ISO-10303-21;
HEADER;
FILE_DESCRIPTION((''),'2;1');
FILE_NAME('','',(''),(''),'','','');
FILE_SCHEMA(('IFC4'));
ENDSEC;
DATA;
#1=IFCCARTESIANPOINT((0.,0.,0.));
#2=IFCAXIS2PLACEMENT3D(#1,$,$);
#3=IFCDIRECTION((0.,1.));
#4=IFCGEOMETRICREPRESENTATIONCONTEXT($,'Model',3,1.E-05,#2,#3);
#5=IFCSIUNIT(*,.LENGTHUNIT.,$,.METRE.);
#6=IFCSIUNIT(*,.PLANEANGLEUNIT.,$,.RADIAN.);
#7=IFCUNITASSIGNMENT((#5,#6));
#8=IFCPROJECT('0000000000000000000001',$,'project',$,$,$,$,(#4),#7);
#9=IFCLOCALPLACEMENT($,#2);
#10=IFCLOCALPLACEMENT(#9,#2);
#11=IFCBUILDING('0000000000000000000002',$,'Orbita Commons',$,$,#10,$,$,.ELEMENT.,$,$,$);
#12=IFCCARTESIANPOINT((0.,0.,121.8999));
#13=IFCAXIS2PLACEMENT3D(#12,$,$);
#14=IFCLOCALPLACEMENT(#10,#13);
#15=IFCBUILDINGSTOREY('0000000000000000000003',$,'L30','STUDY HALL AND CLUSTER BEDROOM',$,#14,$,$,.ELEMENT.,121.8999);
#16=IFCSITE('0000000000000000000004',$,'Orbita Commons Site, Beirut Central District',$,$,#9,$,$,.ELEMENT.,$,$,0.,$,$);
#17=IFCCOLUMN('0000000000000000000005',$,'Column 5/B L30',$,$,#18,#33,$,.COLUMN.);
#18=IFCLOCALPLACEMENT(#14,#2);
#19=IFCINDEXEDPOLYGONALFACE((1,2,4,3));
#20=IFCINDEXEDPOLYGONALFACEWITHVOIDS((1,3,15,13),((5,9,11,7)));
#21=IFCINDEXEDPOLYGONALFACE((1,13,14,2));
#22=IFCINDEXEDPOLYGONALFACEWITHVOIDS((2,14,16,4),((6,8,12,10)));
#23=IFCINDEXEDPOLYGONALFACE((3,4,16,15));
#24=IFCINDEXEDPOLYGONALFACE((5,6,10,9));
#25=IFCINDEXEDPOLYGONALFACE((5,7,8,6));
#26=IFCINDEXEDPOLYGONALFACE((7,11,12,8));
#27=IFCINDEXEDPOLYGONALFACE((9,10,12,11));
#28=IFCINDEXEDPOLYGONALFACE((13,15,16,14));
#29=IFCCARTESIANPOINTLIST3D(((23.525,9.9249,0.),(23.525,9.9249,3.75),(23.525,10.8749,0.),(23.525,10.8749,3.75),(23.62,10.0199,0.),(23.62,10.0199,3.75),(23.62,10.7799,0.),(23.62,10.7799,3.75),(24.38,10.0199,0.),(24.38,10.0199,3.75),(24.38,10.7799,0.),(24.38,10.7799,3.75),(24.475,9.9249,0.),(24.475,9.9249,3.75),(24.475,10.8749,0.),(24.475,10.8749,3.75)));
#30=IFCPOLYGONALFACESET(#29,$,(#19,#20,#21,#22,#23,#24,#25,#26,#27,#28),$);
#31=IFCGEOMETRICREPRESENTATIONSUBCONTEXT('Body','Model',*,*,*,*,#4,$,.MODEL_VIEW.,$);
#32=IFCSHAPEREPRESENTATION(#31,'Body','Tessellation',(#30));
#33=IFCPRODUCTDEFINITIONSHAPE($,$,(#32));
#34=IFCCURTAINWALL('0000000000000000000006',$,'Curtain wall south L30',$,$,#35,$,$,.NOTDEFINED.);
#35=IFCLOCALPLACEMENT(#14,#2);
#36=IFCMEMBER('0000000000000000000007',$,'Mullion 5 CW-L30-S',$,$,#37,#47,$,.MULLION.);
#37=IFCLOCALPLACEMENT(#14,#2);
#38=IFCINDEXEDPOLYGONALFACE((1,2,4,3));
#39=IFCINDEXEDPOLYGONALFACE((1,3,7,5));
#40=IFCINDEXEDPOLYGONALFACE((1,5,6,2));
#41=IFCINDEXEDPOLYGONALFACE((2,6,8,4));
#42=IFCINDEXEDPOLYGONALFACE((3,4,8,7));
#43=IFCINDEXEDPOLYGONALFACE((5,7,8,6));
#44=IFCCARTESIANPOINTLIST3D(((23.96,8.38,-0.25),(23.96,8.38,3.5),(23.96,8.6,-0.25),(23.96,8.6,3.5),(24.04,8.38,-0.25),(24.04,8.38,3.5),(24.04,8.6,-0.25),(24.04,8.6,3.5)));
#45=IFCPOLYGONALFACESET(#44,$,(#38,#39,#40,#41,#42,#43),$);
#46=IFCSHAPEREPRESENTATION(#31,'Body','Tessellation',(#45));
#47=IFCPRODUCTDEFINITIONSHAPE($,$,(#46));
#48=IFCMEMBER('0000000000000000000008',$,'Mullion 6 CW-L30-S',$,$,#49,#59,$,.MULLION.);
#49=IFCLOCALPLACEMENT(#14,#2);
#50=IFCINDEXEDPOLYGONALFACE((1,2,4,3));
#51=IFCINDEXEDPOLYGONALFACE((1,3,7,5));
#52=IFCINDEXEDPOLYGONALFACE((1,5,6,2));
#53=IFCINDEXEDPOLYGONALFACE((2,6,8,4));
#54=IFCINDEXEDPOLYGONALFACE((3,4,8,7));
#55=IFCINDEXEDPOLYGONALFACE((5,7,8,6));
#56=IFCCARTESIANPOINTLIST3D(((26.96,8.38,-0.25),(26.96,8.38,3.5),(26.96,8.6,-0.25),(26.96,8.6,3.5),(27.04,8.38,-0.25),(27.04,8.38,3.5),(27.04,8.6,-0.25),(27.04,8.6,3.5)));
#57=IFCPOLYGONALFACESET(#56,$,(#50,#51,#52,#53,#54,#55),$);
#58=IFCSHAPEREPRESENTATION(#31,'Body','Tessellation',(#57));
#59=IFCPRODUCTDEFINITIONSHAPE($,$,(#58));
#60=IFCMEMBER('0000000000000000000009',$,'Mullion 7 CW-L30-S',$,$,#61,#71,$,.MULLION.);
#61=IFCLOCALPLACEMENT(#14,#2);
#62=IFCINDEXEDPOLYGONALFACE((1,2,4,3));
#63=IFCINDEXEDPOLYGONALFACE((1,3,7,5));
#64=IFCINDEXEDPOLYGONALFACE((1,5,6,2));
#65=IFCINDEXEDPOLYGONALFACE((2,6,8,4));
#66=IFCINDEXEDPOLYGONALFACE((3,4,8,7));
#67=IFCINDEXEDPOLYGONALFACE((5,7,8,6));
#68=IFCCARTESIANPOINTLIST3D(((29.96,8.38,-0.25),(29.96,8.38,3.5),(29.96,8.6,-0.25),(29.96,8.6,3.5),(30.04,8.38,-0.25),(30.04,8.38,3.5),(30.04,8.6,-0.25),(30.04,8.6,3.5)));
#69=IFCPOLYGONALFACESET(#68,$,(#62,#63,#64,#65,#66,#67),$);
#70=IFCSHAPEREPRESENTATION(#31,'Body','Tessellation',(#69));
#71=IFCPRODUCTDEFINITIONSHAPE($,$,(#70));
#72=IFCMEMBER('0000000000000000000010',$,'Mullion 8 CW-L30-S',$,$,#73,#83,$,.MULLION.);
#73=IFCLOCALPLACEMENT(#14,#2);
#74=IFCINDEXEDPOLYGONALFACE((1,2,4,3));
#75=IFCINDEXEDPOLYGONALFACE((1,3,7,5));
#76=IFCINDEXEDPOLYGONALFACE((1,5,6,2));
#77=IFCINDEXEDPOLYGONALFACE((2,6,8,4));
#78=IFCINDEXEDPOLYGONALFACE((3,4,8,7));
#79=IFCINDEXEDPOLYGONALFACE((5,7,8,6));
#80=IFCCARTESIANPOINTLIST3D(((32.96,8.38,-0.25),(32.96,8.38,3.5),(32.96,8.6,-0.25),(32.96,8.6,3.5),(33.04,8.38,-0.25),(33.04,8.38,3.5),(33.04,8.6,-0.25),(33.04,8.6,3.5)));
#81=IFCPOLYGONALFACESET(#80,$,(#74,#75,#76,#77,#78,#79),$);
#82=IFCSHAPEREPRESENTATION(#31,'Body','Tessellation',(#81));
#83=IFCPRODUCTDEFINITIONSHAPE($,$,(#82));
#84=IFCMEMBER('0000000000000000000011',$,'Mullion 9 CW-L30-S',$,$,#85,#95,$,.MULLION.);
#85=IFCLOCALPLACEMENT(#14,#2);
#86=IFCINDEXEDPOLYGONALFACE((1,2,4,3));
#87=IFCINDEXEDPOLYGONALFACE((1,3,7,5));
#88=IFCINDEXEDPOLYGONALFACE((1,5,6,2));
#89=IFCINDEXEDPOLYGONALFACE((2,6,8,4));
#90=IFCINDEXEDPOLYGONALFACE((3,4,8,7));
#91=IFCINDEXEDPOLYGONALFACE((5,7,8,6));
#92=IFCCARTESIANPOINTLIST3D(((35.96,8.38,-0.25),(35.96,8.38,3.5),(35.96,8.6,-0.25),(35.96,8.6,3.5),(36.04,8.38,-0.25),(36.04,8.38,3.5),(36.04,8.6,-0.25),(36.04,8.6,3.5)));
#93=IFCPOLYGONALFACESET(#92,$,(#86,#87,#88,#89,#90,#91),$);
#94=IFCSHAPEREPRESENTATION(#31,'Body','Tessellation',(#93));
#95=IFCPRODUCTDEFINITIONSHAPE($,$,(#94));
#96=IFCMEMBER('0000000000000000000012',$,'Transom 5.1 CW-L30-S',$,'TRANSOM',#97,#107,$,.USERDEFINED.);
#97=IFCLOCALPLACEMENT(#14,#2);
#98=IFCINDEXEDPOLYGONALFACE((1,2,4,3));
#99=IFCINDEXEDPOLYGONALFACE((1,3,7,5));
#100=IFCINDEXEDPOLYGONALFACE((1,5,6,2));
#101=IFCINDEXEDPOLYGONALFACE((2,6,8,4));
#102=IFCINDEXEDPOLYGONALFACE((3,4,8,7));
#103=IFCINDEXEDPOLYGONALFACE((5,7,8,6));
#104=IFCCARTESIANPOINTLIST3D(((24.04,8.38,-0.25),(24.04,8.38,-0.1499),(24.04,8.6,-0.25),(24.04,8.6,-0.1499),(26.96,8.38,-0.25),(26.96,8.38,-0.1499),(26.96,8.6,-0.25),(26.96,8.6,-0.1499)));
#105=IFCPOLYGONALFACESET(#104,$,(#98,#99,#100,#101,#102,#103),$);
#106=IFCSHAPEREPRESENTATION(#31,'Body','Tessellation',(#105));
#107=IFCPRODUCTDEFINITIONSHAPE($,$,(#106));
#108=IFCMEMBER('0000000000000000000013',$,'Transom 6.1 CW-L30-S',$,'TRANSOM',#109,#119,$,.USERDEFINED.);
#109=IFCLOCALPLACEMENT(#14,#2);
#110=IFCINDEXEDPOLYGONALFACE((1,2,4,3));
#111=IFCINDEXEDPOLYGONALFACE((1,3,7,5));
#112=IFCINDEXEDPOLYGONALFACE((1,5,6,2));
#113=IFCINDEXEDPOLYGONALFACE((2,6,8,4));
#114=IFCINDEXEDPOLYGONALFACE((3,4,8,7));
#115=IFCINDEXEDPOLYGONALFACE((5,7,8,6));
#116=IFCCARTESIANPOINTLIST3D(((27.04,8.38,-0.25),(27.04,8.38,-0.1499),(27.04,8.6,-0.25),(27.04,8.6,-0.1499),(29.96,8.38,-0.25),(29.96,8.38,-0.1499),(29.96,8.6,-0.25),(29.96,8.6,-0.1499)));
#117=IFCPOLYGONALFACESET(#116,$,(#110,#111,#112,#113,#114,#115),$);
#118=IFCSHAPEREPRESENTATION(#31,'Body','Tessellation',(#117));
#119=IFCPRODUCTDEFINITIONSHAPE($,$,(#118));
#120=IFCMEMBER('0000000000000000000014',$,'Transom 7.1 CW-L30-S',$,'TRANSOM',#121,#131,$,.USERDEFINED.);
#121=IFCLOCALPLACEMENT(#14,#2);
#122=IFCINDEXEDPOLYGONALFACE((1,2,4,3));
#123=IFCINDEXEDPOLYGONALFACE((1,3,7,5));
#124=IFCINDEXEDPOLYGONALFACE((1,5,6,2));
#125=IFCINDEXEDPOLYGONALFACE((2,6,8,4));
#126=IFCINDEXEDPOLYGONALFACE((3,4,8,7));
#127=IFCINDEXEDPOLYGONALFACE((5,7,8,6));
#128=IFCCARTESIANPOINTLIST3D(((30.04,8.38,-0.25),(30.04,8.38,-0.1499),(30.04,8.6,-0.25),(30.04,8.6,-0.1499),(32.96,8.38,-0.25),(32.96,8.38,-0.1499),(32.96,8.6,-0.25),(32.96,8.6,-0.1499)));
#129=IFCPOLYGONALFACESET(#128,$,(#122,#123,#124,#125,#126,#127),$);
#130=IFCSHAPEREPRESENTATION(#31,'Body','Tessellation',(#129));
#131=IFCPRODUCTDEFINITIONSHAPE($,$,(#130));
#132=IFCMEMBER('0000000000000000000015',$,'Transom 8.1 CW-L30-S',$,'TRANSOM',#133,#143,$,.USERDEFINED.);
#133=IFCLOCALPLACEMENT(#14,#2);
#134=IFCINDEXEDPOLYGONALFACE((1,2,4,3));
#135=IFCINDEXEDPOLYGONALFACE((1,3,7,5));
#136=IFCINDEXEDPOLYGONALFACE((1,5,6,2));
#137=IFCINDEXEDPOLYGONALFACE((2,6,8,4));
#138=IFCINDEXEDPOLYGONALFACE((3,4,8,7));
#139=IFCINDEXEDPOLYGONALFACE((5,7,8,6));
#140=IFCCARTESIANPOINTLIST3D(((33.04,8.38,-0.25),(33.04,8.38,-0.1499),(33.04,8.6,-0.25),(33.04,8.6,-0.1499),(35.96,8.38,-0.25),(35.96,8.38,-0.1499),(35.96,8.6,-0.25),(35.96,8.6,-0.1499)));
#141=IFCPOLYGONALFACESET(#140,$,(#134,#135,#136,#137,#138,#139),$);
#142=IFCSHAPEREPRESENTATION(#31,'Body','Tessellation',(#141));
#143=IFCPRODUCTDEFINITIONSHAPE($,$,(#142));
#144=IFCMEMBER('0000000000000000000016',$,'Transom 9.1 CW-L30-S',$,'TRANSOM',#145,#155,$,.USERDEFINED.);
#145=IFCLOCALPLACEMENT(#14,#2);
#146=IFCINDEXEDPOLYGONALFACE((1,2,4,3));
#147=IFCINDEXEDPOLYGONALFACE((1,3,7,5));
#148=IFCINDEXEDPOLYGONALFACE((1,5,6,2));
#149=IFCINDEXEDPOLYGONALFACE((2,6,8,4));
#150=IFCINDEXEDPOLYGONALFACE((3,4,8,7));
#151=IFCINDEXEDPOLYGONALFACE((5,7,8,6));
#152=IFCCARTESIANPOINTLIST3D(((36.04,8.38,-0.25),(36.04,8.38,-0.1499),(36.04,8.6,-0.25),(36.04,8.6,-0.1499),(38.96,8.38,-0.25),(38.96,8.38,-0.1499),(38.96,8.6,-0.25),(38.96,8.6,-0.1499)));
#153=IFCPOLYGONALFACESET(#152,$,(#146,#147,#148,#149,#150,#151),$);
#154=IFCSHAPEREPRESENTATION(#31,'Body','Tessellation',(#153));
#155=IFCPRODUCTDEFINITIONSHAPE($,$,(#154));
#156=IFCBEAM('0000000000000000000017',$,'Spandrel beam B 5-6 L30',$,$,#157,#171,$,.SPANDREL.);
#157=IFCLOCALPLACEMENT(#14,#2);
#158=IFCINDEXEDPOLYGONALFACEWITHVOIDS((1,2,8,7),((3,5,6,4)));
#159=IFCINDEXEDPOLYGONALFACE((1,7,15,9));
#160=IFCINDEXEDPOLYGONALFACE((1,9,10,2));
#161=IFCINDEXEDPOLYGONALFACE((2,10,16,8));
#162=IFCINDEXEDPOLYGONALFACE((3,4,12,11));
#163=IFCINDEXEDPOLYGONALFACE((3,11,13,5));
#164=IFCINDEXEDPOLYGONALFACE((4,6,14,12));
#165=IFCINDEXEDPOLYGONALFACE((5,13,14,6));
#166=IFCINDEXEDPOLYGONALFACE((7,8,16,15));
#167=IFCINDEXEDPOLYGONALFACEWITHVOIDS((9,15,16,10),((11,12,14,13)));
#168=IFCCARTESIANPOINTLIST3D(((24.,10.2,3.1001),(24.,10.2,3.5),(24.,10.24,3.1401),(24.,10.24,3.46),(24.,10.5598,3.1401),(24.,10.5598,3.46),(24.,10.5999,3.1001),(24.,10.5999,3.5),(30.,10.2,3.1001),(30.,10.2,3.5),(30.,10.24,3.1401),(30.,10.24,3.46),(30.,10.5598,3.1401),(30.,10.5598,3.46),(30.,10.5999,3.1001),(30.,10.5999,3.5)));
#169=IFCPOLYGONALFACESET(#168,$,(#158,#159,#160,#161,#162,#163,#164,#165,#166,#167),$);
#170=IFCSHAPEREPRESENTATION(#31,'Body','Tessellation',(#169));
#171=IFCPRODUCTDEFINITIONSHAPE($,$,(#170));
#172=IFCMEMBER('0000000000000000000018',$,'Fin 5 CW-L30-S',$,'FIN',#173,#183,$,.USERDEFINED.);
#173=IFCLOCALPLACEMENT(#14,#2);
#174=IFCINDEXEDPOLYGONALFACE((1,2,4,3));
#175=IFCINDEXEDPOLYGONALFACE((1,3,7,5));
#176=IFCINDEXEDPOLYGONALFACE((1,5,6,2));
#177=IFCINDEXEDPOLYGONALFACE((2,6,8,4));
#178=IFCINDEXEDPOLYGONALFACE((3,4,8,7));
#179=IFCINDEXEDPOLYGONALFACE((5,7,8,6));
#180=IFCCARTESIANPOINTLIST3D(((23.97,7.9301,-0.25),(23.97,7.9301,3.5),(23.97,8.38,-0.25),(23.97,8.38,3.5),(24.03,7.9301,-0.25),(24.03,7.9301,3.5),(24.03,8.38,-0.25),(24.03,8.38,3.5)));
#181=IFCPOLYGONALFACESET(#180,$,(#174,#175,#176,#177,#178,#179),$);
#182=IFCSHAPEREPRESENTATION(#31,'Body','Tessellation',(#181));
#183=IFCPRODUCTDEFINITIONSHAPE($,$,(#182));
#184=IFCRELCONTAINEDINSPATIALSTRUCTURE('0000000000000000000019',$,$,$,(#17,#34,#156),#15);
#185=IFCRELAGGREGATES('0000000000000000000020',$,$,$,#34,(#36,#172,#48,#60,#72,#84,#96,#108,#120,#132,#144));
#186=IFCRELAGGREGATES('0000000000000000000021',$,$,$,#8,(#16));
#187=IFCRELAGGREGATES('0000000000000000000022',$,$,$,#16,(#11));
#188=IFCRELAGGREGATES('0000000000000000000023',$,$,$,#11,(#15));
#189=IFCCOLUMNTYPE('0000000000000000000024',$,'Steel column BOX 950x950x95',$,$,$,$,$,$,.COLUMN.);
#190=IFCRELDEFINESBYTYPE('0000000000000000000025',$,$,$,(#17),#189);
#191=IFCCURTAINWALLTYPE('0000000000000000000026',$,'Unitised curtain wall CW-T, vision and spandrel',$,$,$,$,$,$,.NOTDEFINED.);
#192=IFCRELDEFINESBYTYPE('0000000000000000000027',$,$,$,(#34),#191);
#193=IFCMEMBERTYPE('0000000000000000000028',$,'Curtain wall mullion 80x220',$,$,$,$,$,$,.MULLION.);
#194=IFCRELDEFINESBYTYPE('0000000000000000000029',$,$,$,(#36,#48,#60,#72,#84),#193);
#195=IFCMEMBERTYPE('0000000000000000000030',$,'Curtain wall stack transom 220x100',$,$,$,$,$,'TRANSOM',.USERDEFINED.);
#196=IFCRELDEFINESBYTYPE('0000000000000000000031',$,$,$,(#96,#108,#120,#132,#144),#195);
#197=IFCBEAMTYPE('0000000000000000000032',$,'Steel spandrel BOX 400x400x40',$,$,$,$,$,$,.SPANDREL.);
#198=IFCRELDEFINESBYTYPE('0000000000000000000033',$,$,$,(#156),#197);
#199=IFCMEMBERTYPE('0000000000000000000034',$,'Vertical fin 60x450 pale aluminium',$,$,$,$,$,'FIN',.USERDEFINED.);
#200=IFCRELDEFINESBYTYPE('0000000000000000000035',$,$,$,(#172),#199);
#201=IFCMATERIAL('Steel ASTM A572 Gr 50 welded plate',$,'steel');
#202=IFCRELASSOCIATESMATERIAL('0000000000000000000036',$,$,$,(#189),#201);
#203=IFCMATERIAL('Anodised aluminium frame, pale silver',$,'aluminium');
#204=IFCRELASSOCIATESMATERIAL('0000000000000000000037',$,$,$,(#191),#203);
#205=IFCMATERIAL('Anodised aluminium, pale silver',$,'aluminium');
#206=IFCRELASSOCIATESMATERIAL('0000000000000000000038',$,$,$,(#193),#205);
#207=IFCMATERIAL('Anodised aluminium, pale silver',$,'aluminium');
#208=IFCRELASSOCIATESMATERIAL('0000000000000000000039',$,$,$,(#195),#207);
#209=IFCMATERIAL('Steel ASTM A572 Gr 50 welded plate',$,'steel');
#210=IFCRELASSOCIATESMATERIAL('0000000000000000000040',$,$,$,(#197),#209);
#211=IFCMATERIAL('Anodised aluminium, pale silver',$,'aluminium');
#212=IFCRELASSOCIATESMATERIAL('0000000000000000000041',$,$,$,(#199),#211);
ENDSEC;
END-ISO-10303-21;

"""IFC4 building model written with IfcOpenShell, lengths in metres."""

from ifc_helpers import new_model, si_unit, direction, frame, origin, origin_2d, place, context, subcontext, project, spatial, rectangle, hollow_rectangle, extrude, material, material_profile, profile_set, type_object, element, aggregate, save


model = new_model("IFC4")

# Units and contexts
model_context = context("Model", 3, precision=1e-05, world=origin(), true_north=direction((0.0, 1.0)))
body_context = subcontext(model_context, "Body", "Model", "MODEL_VIEW")
ifc_project = project(units=[si_unit("LENGTHUNIT", "METRE"), si_unit("PLANEANGLEUNIT", "RADIAN")], contexts=[model_context])

# Site, building, storey
site_placement = place(None, origin())
site = spatial("IfcSite", under=ifc_project, at=site_placement, Name="Orbita Commons Site, Beirut Central District", CompositionType="ELEMENT", RefElevation=0.0)
building_placement = place(site_placement, origin())
building = spatial("IfcBuilding", under=site, at=building_placement, Name="Orbita Commons", CompositionType="ELEMENT")
storey_placement = place(building_placement, frame((0.0, 0.0, 121.8999)))
storey = spatial("IfcBuildingStorey", under=building, at=storey_placement, Name="L30", Description="STUDY HALL AND CLUSTER BEDROOM", CompositionType="ELEMENT", Elevation=121.8999)

# Column
ifc_material_1 = material(Name="Steel ASTM A572 Gr 50 welded plate", Category="steel")
ifc_material_profile_1 = material_profile(ifc_material_1, hollow_rectangle(XDim=0.95, YDim=0.95, WallThickness=0.095, at=origin_2d()), Name="BOX 950x950x95")
ifc_profile_set_1 = profile_set([ifc_material_profile_1], Name="Steel ASTM A572 Gr 50 welded plate")
column_type = type_object("IfcColumnType", Name="Steel column BOX 950x950x95", PredefinedType="COLUMN", material=ifc_profile_set_1)
column_placement = place(storey_placement, frame((24.0, 10.3999, 0.0), z_axis=(0.0, 0.0, 1.0), x_axis=(1.0, 0.0, 0.0)))
element("IfcColumn", 1, at=column_placement, inside=storey, type_object=column_type, Name="Column 5/B L30", PredefinedType="COLUMN", context=body_context, shape_type="SweptSolid", body=[
    extrude(hollow_rectangle(XDim=0.95, YDim=0.95, WallThickness=0.095, at=origin_2d()), origin(), (0.0, 0.0, 1.0), 3.75),
])

# Curtain wall, members
ifc_material_2 = material(Name="Anodised aluminium frame, pale silver", Category="aluminium")
curtain_wall_type = type_object("IfcCurtainWallType", Name="Unitised curtain wall CW-T, vision and spandrel", PredefinedType="NOTDEFINED", material=ifc_material_2)
curtain_wall_placement = place(storey_placement, origin())
curtain_wall = element("IfcCurtainWall", 2, at=curtain_wall_placement, inside=storey, type_object=curtain_wall_type, Name="Curtain wall south L30", PredefinedType="NOTDEFINED")
ifc_material_3 = material(Name="Anodised aluminium, pale silver", Category="aluminium")
ifc_material_profile_2 = material_profile(ifc_material_3, rectangle(XDim=0.0801, YDim=0.22, at=origin_2d()), Name="AL 80x220")
ifc_profile_set_2 = profile_set([ifc_material_profile_2], Name="Anodised aluminium, pale silver")
member_type_1 = type_object("IfcMemberType", Name="Curtain wall mullion 80x220", PredefinedType="MULLION", material=ifc_profile_set_2)
member_1_placement = place(storey_placement, frame((24.0, 8.49, -0.25), z_axis=(0.0, 0.0, 1.0), x_axis=(1.0, 0.0, 0.0)))
member_1 = element("IfcMember", 3, at=member_1_placement, type_object=member_type_1, Name="Mullion 5 CW-L30-S", PredefinedType="MULLION", context=body_context, shape_type="SweptSolid", body=[
    extrude(rectangle(XDim=0.0801, YDim=0.22, at=origin_2d()), origin(), (0.0, 0.0, 1.0), 3.75),
])
member_2_placement = place(storey_placement, frame((27.0, 8.49, -0.25), z_axis=(0.0, 0.0, 1.0), x_axis=(1.0, 0.0, 0.0)))
member_2 = element("IfcMember", 4, at=member_2_placement, type_object=member_type_1, Name="Mullion 6 CW-L30-S", PredefinedType="MULLION", context=body_context, shape_type="SweptSolid", body=[
    extrude(rectangle(XDim=0.0801, YDim=0.22, at=origin_2d()), origin(), (0.0, 0.0, 1.0), 3.75),
])
member_3_placement = place(storey_placement, frame((30.0, 8.49, -0.25), z_axis=(0.0, 0.0, 1.0), x_axis=(1.0, 0.0, 0.0)))
member_3 = element("IfcMember", 5, at=member_3_placement, type_object=member_type_1, Name="Mullion 7 CW-L30-S", PredefinedType="MULLION", context=body_context, shape_type="SweptSolid", body=[
    extrude(rectangle(XDim=0.0801, YDim=0.22, at=origin_2d()), origin(), (0.0, 0.0, 1.0), 3.75),
])
member_4_placement = place(storey_placement, frame((33.0, 8.49, -0.25), z_axis=(0.0, 0.0, 1.0), x_axis=(1.0, 0.0, 0.0)))
member_4 = element("IfcMember", 6, at=member_4_placement, type_object=member_type_1, Name="Mullion 8 CW-L30-S", PredefinedType="MULLION", context=body_context, shape_type="SweptSolid", body=[
    extrude(rectangle(XDim=0.0801, YDim=0.22, at=origin_2d()), origin(), (0.0, 0.0, 1.0), 3.75),
])
member_5_placement = place(storey_placement, frame((36.0, 8.49, -0.25), z_axis=(0.0, 0.0, 1.0), x_axis=(1.0, 0.0, 0.0)))
member_5 = element("IfcMember", 7, at=member_5_placement, type_object=member_type_1, Name="Mullion 9 CW-L30-S", PredefinedType="MULLION", context=body_context, shape_type="SweptSolid", body=[
    extrude(rectangle(XDim=0.0801, YDim=0.22, at=origin_2d()), origin(), (0.0, 0.0, 1.0), 3.75),
])
ifc_material_4 = material(Name="Anodised aluminium, pale silver", Category="aluminium")
ifc_material_profile_3 = material_profile(ifc_material_4, rectangle(XDim=0.22, YDim=0.1001, at=origin_2d()), Name="AL 220x100")
ifc_profile_set_3 = profile_set([ifc_material_profile_3], Name="Anodised aluminium, pale silver")
member_type_2 = type_object("IfcMemberType", Name="Curtain wall stack transom 220x100", ElementType="TRANSOM", PredefinedType="USERDEFINED", material=ifc_profile_set_3)
member_6_placement = place(storey_placement, frame((24.04, 8.49, -0.2), z_axis=(1.0, 0.0, 0.0), x_axis=(0.0, 1.0, 0.0)))
member_6 = element("IfcMember", 8, at=member_6_placement, type_object=member_type_2, Name="Transom 5.1 CW-L30-S", ObjectType="TRANSOM", PredefinedType="USERDEFINED", context=body_context, shape_type="SweptSolid", body=[
    extrude(rectangle(XDim=0.22, YDim=0.1001, at=origin_2d()), origin(), (0.0, 0.0, 1.0), 2.9199),
])
member_7_placement = place(storey_placement, frame((27.04, 8.49, -0.2), z_axis=(1.0, 0.0, 0.0), x_axis=(0.0, 1.0, 0.0)))
member_7 = element("IfcMember", 9, at=member_7_placement, type_object=member_type_2, Name="Transom 6.1 CW-L30-S", ObjectType="TRANSOM", PredefinedType="USERDEFINED", context=body_context, shape_type="SweptSolid", body=[
    extrude(rectangle(XDim=0.22, YDim=0.1001, at=origin_2d()), origin(), (0.0, 0.0, 1.0), 2.9199),
])
member_8_placement = place(storey_placement, frame((30.04, 8.49, -0.2), z_axis=(1.0, 0.0, 0.0), x_axis=(0.0, 1.0, 0.0)))
member_8 = element("IfcMember", 10, at=member_8_placement, type_object=member_type_2, Name="Transom 7.1 CW-L30-S", ObjectType="TRANSOM", PredefinedType="USERDEFINED", context=body_context, shape_type="SweptSolid", body=[
    extrude(rectangle(XDim=0.22, YDim=0.1001, at=origin_2d()), origin(), (0.0, 0.0, 1.0), 2.9199),
])
member_9_placement = place(storey_placement, frame((33.04, 8.49, -0.2), z_axis=(1.0, 0.0, 0.0), x_axis=(0.0, 1.0, 0.0)))
member_9 = element("IfcMember", 11, at=member_9_placement, type_object=member_type_2, Name="Transom 8.1 CW-L30-S", ObjectType="TRANSOM", PredefinedType="USERDEFINED", context=body_context, shape_type="SweptSolid", body=[
    extrude(rectangle(XDim=0.22, YDim=0.1001, at=origin_2d()), origin(), (0.0, 0.0, 1.0), 2.9199),
])
member_10_placement = place(storey_placement, frame((36.04, 8.49, -0.2), z_axis=(1.0, 0.0, 0.0), x_axis=(0.0, 1.0, 0.0)))
member_10 = element("IfcMember", 12, at=member_10_placement, type_object=member_type_2, Name="Transom 9.1 CW-L30-S", ObjectType="TRANSOM", PredefinedType="USERDEFINED", context=body_context, shape_type="SweptSolid", body=[
    extrude(rectangle(XDim=0.22, YDim=0.1001, at=origin_2d()), origin(), (0.0, 0.0, 1.0), 2.9199),
])

# Beam
ifc_material_5 = material(Name="Steel ASTM A572 Gr 50 welded plate", Category="steel")
ifc_material_profile_4 = material_profile(ifc_material_5, hollow_rectangle(XDim=0.3999, YDim=0.3999, WallThickness=0.04, at=origin_2d()), Name="BOX 400x400x40")
ifc_profile_set_4 = profile_set([ifc_material_profile_4], Name="Steel ASTM A572 Gr 50 welded plate")
beam_type = type_object("IfcBeamType", Name="Steel spandrel BOX 400x400x40", PredefinedType="SPANDREL", material=ifc_profile_set_4)
beam_placement = place(storey_placement, frame((24.0, 10.3999, 3.3), z_axis=(1.0, 0.0, 0.0), x_axis=(0.0, 1.0, 0.0)))
element("IfcBeam", 13, at=beam_placement, inside=storey, type_object=beam_type, Name="Spandrel beam B 5-6 L30", PredefinedType="SPANDREL", context=body_context, shape_type="SweptSolid", body=[
    extrude(hollow_rectangle(XDim=0.3999, YDim=0.3999, WallThickness=0.04, at=origin_2d()), origin(), (0.0, 0.0, 1.0), 6.0),
])

# Member
ifc_material_6 = material(Name="Anodised aluminium, pale silver", Category="aluminium")
ifc_material_profile_5 = material_profile(ifc_material_6, rectangle(XDim=0.0601, YDim=0.45, at=origin_2d()), Name="FIN 60x450")
ifc_profile_set_5 = profile_set([ifc_material_profile_5], Name="Anodised aluminium, pale silver")
member_type_3 = type_object("IfcMemberType", Name="Vertical fin 60x450 pale aluminium", ElementType="FIN", PredefinedType="USERDEFINED", material=ifc_profile_set_5)
member_11_placement = place(storey_placement, frame((24.0, 8.155, -0.25), z_axis=(0.0, 0.0, 1.0), x_axis=(1.0, 0.0, 0.0)))
member_11 = element("IfcMember", 14, at=member_11_placement, type_object=member_type_3, Name="Fin 5 CW-L30-S", ObjectType="FIN", PredefinedType="USERDEFINED", context=body_context, shape_type="SweptSolid", body=[
    extrude(rectangle(XDim=0.0601, YDim=0.45, at=origin_2d()), origin(), (0.0, 0.0, 1.0), 3.75),
])

aggregate(curtain_wall, [member_1, member_11, member_2, member_3, member_4, member_5, member_6, member_7, member_8, member_9, member_10])

save(model, "model.ifc")
